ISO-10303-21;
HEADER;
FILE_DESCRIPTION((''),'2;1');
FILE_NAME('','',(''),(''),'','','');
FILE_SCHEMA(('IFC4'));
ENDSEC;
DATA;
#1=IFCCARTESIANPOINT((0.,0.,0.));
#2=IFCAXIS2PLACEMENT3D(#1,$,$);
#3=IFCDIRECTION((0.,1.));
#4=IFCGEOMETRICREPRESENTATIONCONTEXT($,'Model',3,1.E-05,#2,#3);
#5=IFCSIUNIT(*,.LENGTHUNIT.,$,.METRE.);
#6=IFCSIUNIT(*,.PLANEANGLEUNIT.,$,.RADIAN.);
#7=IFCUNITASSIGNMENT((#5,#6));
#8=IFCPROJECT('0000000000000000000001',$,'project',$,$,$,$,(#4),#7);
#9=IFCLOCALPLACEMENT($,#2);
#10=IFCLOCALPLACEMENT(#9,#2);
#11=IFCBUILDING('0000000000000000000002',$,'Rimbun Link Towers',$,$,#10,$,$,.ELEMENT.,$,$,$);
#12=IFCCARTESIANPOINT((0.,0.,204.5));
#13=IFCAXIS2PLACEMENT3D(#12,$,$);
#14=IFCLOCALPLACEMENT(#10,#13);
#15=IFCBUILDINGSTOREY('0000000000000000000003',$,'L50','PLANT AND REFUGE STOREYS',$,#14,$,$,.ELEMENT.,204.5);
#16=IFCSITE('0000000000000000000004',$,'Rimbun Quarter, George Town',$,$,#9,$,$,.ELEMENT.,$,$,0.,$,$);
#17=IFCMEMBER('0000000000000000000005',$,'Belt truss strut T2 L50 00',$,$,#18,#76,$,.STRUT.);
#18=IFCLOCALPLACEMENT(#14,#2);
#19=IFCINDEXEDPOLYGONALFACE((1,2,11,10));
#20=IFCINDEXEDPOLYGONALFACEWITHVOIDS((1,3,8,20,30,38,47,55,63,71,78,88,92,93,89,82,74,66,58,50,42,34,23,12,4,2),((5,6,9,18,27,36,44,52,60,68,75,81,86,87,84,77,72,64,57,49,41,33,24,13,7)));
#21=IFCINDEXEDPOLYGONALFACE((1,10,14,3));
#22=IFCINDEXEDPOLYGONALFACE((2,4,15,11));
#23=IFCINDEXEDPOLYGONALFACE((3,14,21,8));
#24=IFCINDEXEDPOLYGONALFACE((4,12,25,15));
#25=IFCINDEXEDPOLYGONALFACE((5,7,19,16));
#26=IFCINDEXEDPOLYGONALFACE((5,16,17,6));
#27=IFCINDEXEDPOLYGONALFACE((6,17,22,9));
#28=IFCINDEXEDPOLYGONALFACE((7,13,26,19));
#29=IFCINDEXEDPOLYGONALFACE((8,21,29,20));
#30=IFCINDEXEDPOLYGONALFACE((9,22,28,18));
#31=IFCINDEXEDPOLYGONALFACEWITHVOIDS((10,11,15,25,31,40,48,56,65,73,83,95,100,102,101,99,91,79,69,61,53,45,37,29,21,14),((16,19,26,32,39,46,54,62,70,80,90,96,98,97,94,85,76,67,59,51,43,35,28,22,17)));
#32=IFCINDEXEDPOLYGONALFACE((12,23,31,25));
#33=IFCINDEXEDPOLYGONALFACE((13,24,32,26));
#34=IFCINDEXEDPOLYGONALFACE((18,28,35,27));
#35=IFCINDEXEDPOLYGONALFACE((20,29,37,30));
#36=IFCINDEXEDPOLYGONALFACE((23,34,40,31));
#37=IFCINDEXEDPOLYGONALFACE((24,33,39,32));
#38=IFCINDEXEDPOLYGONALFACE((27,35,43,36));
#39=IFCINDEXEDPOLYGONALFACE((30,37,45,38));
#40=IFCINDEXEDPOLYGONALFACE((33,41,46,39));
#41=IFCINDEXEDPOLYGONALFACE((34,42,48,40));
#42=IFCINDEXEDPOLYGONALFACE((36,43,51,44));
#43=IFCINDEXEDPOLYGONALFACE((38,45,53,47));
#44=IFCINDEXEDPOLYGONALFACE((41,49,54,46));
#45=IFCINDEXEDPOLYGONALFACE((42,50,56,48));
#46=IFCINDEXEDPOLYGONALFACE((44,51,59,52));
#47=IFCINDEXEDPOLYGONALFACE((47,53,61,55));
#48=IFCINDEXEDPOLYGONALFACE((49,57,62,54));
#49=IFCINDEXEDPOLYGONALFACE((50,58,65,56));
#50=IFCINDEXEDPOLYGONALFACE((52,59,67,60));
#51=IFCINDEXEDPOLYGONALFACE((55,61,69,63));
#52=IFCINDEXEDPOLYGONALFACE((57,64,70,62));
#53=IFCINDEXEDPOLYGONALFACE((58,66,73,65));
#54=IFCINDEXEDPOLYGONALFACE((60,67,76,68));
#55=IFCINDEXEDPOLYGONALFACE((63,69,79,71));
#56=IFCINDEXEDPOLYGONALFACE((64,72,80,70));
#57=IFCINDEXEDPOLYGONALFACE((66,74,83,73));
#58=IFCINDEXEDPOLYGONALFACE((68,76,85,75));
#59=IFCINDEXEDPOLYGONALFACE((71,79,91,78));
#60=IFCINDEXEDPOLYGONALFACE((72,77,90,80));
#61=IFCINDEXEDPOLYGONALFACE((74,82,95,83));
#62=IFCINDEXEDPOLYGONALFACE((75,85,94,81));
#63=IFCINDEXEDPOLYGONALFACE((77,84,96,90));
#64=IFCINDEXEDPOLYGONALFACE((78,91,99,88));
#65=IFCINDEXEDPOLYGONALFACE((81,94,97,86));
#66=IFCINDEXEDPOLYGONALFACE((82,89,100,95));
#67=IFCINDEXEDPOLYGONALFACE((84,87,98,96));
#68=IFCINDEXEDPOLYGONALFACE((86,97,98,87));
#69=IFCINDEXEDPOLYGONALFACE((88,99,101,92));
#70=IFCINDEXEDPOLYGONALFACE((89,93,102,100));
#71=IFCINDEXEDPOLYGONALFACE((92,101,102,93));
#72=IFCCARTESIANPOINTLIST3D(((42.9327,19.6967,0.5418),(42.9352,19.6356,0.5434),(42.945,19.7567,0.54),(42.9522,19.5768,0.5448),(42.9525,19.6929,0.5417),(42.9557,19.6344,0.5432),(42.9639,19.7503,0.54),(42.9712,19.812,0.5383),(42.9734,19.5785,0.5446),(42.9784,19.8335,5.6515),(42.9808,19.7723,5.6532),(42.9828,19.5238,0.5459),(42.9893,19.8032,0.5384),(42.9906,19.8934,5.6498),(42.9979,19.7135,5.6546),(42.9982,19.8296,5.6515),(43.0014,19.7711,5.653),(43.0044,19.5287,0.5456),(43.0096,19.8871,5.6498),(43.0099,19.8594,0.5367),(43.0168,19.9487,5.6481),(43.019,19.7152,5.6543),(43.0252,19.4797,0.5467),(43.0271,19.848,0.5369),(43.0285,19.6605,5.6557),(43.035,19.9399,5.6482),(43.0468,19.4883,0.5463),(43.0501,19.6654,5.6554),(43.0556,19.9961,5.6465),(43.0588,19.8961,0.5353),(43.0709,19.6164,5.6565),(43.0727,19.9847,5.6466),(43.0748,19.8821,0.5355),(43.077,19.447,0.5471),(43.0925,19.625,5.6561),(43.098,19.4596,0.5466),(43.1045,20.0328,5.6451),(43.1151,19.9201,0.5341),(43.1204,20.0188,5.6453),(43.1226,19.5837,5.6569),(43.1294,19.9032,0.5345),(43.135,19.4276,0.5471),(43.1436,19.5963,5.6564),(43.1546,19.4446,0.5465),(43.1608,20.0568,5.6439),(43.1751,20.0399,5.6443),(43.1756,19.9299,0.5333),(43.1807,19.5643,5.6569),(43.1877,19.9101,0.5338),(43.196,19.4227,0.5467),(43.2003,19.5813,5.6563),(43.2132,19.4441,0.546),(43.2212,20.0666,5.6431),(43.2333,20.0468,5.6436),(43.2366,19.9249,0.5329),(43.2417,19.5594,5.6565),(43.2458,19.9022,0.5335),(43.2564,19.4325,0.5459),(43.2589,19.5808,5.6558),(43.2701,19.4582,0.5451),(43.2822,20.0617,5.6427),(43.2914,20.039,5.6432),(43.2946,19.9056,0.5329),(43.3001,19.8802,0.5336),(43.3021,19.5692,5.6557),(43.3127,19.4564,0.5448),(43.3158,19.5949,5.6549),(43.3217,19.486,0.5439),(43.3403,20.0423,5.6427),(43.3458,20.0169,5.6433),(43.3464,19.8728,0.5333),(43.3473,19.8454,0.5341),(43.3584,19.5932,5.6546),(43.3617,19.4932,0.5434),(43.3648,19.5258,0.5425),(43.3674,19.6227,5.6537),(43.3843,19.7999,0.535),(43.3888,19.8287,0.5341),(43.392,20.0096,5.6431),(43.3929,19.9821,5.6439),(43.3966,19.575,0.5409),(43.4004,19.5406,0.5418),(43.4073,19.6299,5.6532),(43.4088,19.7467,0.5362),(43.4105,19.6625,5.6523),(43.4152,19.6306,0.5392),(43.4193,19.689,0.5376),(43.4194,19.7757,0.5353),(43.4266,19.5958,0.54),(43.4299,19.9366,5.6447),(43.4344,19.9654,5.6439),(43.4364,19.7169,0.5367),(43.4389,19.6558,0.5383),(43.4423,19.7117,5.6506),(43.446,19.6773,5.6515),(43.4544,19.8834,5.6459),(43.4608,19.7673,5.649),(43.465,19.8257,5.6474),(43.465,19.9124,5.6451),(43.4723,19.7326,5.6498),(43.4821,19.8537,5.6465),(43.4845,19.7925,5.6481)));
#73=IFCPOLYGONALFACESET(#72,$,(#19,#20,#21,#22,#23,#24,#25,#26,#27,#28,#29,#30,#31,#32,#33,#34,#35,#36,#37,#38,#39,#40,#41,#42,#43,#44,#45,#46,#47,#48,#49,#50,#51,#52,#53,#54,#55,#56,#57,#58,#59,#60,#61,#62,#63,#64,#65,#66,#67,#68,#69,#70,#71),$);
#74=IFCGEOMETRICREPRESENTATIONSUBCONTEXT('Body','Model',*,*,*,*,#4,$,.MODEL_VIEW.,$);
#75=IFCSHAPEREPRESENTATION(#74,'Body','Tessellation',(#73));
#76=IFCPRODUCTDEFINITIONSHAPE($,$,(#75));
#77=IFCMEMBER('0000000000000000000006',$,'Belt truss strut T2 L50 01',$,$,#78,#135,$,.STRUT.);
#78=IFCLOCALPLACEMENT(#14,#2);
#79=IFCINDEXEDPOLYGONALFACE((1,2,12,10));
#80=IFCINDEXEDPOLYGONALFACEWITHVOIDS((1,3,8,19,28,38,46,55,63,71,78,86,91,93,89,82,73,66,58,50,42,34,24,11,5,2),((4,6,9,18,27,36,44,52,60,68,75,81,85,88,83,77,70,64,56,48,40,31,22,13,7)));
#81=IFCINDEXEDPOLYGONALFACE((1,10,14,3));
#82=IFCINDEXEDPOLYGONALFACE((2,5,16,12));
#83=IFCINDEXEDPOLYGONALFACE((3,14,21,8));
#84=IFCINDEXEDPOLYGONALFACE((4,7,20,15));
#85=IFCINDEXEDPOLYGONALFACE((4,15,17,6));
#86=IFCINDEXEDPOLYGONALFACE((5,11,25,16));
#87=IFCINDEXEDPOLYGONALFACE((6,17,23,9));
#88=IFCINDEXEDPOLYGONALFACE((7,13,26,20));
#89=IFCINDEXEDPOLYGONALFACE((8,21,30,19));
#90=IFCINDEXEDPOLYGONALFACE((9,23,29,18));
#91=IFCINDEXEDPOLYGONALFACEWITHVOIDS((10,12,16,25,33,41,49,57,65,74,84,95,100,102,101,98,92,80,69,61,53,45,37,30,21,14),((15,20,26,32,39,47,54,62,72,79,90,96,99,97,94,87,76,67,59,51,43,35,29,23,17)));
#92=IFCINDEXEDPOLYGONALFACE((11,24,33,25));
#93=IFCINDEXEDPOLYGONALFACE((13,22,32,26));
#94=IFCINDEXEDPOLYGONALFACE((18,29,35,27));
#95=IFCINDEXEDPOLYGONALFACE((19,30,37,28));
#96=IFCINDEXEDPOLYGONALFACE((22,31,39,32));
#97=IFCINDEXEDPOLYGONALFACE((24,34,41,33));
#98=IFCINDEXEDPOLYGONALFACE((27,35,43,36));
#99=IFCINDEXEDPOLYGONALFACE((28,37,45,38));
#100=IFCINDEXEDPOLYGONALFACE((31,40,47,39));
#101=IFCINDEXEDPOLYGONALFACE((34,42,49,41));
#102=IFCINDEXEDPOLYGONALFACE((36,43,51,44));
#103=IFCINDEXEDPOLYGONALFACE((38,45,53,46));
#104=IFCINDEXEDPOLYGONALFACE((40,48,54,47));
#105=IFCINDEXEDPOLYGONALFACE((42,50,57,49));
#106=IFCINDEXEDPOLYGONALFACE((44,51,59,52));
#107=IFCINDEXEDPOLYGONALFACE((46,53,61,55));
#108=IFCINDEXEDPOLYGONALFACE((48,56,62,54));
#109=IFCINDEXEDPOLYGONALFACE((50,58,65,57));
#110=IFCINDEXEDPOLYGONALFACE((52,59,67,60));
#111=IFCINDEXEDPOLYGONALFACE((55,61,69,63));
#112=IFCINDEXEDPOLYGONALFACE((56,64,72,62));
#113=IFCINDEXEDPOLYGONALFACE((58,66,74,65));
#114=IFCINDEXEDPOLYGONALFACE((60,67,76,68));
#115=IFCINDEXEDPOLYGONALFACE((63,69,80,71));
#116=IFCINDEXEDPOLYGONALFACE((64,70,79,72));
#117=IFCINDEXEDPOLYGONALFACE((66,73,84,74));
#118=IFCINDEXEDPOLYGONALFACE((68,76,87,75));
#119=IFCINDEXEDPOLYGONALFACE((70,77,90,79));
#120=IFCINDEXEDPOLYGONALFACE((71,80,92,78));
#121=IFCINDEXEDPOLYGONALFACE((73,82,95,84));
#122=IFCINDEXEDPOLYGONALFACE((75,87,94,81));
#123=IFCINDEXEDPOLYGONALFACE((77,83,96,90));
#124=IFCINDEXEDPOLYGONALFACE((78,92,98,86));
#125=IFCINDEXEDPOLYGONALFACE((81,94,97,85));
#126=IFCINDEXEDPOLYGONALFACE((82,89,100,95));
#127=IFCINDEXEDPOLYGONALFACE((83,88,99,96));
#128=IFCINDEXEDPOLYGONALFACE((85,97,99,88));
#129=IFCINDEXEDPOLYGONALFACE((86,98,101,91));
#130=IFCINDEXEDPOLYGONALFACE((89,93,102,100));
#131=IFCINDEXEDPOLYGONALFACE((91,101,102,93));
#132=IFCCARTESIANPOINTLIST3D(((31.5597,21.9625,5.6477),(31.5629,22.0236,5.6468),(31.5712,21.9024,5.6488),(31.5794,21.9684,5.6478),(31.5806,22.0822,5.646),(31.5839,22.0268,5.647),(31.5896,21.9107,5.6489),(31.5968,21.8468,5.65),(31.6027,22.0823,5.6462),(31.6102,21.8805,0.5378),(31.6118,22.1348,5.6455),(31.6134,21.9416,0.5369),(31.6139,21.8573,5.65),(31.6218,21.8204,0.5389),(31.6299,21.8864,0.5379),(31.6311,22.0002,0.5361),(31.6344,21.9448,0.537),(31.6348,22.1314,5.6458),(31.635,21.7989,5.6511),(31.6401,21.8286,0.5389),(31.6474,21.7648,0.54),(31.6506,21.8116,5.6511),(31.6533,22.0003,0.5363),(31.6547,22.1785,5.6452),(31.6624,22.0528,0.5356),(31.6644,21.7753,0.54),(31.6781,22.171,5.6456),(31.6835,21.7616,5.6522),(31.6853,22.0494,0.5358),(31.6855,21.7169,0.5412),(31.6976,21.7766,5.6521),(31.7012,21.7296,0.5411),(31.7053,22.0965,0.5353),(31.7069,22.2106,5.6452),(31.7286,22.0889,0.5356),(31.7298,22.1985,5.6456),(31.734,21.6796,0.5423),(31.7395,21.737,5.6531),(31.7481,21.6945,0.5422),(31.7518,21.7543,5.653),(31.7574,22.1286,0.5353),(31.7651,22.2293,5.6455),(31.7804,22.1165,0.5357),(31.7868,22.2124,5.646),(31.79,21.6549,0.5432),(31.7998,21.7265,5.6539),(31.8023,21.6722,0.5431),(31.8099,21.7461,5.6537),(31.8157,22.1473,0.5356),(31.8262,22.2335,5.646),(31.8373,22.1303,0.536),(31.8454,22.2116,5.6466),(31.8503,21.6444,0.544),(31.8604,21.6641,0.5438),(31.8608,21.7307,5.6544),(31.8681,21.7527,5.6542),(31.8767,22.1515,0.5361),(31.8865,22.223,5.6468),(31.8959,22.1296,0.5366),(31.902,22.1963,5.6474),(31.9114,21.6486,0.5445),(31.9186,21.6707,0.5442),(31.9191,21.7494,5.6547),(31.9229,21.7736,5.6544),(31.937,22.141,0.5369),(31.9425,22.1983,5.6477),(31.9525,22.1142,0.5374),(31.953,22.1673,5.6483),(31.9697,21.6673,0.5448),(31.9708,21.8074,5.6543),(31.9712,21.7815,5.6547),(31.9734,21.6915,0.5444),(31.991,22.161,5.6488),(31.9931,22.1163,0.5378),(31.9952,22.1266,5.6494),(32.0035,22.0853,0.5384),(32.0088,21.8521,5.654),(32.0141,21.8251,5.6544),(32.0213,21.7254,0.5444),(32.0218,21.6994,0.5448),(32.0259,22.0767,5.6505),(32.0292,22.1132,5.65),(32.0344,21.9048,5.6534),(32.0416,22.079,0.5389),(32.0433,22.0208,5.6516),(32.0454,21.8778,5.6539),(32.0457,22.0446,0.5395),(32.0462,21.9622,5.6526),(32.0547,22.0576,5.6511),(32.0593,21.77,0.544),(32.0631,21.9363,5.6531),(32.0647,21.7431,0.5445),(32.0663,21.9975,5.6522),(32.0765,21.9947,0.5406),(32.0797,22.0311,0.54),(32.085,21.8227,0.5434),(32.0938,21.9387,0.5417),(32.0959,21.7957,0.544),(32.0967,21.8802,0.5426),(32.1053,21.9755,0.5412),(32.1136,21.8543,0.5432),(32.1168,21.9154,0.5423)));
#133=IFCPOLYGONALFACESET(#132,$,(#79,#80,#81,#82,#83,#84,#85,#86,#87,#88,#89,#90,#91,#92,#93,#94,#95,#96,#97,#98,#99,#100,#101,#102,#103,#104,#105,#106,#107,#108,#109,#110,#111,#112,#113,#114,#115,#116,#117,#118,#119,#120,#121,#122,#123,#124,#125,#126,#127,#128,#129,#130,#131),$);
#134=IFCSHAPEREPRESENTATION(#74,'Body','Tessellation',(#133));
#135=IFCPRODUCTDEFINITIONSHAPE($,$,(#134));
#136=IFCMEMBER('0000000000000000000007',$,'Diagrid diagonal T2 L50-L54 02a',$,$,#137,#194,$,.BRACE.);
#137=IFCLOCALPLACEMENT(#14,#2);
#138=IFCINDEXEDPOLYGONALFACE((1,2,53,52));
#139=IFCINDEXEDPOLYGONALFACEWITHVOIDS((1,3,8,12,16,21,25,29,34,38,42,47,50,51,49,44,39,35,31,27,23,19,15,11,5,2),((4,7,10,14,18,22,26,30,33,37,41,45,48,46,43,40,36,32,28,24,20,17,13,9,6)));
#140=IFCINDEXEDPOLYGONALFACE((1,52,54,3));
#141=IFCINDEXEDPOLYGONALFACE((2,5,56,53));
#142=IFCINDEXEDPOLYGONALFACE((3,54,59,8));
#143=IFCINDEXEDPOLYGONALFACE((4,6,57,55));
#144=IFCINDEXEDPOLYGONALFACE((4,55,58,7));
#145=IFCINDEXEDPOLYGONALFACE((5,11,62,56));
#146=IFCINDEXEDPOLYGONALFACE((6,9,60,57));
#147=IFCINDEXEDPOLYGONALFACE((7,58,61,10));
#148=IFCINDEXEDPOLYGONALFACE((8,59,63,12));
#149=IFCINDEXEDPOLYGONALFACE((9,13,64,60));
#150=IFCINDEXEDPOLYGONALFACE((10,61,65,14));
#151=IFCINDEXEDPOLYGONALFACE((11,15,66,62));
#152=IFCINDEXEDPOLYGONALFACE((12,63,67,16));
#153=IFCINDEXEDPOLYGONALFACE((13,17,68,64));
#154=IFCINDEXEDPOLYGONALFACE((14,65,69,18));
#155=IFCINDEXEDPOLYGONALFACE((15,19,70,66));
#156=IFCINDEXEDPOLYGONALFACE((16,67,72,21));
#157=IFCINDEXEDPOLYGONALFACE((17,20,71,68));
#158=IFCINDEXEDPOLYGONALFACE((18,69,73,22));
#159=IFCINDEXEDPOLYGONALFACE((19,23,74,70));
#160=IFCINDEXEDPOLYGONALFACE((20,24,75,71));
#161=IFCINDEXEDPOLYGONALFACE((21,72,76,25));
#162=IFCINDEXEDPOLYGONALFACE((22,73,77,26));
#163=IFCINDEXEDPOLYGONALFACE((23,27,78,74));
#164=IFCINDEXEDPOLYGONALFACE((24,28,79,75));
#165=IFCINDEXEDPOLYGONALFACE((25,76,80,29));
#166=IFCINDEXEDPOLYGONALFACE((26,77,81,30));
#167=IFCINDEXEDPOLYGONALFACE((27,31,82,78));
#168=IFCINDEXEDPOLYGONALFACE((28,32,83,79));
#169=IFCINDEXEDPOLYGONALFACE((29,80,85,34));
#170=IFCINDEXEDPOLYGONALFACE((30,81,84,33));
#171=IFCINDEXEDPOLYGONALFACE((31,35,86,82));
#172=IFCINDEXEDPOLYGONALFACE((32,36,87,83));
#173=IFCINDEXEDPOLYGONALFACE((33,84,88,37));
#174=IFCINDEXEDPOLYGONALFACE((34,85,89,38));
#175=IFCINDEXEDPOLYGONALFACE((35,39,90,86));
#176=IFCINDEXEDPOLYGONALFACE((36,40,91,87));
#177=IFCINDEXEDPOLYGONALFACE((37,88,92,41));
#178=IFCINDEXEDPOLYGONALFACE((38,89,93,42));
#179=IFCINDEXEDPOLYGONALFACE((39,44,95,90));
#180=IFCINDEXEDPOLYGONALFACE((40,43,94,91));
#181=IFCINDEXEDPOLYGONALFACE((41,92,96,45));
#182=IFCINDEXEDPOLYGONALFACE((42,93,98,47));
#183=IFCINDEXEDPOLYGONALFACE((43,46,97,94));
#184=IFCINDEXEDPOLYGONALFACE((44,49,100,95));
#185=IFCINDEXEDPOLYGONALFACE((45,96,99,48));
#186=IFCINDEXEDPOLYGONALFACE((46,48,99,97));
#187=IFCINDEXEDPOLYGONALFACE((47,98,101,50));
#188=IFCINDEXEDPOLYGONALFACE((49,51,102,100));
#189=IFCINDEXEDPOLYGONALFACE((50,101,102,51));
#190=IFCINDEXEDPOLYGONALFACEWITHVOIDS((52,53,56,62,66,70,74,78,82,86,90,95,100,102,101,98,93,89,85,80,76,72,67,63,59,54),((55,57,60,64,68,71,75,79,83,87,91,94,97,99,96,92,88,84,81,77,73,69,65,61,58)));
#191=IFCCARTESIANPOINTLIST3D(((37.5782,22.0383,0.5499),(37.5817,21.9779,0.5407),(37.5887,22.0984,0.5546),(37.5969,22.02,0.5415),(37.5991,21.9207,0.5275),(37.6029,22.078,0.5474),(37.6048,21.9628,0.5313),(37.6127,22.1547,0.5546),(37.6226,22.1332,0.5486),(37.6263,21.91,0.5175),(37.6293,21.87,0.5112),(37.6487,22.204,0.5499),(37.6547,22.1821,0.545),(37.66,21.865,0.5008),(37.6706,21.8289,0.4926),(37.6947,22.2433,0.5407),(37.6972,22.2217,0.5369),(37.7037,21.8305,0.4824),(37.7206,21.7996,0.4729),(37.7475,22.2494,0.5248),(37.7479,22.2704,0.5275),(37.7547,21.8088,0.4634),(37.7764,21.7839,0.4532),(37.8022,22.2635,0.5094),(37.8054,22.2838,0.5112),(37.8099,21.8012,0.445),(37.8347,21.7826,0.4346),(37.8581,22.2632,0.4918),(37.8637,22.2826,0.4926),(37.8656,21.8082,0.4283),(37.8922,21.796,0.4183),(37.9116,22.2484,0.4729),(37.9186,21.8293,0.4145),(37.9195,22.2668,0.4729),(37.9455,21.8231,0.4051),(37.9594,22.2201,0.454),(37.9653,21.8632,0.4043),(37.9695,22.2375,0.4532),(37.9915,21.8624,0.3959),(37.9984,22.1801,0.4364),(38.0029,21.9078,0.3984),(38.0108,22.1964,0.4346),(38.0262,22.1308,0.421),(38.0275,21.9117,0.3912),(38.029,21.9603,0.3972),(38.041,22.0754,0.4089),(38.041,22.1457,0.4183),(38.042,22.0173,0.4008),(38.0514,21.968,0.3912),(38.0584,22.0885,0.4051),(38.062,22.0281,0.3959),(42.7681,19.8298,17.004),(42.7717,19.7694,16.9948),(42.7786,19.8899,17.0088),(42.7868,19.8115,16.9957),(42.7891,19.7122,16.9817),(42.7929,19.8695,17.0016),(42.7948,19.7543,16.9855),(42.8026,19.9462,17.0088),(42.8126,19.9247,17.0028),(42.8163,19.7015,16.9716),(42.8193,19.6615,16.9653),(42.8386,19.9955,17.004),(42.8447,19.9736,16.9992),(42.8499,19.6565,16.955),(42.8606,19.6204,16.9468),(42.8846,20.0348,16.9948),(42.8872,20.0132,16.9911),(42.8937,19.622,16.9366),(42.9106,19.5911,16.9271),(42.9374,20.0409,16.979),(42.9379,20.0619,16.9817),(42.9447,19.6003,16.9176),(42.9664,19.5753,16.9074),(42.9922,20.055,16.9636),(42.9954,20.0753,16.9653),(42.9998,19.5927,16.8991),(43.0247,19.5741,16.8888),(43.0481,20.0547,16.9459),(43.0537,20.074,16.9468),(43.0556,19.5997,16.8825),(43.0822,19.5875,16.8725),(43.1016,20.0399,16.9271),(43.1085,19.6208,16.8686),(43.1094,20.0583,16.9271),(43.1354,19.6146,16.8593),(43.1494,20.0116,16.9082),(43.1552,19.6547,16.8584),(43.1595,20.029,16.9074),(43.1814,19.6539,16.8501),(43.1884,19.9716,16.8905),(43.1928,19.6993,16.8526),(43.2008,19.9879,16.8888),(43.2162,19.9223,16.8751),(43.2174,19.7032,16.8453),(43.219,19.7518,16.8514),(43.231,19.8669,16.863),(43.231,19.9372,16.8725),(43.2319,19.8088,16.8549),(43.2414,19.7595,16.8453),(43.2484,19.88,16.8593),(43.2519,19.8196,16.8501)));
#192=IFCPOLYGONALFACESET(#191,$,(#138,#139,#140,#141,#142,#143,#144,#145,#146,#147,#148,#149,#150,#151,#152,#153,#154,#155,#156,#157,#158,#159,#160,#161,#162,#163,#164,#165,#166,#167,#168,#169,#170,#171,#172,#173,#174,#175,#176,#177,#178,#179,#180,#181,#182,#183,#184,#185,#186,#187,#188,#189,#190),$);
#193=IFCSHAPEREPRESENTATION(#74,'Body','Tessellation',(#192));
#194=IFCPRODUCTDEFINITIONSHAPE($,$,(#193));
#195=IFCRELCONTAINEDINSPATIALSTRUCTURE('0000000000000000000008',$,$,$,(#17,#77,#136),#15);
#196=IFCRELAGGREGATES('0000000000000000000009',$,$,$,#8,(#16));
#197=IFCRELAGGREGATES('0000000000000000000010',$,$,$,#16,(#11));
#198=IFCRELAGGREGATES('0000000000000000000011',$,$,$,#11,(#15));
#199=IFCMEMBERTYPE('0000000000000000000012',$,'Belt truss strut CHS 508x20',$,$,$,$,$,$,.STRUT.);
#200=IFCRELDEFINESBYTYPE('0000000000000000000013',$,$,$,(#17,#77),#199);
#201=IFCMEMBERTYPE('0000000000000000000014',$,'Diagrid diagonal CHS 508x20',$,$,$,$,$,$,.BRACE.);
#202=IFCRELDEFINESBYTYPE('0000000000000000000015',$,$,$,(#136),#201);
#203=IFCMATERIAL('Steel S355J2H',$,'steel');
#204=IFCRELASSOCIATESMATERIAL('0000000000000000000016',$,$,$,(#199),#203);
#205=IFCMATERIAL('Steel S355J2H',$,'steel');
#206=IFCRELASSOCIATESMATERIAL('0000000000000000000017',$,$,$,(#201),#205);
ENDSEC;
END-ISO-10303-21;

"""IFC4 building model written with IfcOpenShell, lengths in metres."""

from ifc_helpers import new_model, si_unit, direction, frame, origin, origin_2d, place, context, subcontext, project, spatial, hollow_circle, extrude, material, material_profile, profile_set, type_object, element, save


model = new_model("IFC4")

# Units and contexts
model_context = context("Model", 3, precision=1e-05, world=origin(), true_north=direction((0.0, 1.0)))
body_context = subcontext(model_context, "Body", "Model", "MODEL_VIEW")
ifc_project = project(units=[si_unit("LENGTHUNIT", "METRE"), si_unit("PLANEANGLEUNIT", "RADIAN")], contexts=[model_context])

# Site, building, storey
site_placement = place(None, origin())
site = spatial("IfcSite", under=ifc_project, at=site_placement, Name="Rimbun Quarter, George Town", CompositionType="ELEMENT", RefElevation=0.0)
building_placement = place(site_placement, origin())
building = spatial("IfcBuilding", under=site, at=building_placement, Name="Rimbun Link Towers", CompositionType="ELEMENT")
storey_placement = place(building_placement, frame((0.0, 0.0, 204.5)))
storey = spatial("IfcBuildingStorey", under=building, at=storey_placement, Name="L50", Description="PLANT AND REFUGE STOREYS", CompositionType="ELEMENT", Elevation=204.5)

# Members
ifc_material_1 = material(Name="Steel S355J2H", Category="steel")
ifc_material_profile_1 = material_profile(ifc_material_1, hollow_circle(Radius=0.2539, WallThickness=0.02, at=origin_2d()), Name="Belt truss strut CHS 508x20")
ifc_profile_set_1 = profile_set([ifc_material_profile_1], Name="Steel S355J2H")
member_type_1 = type_object("IfcMemberType", Name="Belt truss strut CHS 508x20", PredefinedType="STRUT", material=ifc_profile_set_1)
member_1_placement = place(storey_placement, frame((43.1858, 19.6763, 0.54), z_axis=(0.008931, 0.026745, 0.999602), x_axis=(-0.948514, 0.316736, 0.0)))
element("IfcMember", 1, at=member_1_placement, inside=storey, type_object=member_type_1, Name="Belt truss strut T2 L50 00", PredefinedType="STRUT", context=body_context, shape_type="SweptSolid", body=[
    extrude(hollow_circle(Radius=0.2539, WallThickness=0.02, at=origin_2d()), origin(), (0.0, 0.0, 1.0), 5.1118),
])
member_2_placement = place(storey_placement, frame((31.8635, 21.8979, 0.54), z_axis=(-0.009888, 0.016051, 0.999822), x_axis=(-0.851397, -0.524521, 0.0)))
element("IfcMember", 2, at=member_2_placement, inside=storey, type_object=member_type_1, Name="Belt truss strut T2 L50 01", PredefinedType="STRUT", context=body_context, shape_type="SweptSolid", body=[
    extrude(hollow_circle(Radius=0.2539, WallThickness=0.02, at=origin_2d()), origin(), (0.0, 0.0, 1.0), 5.1108),
])
ifc_material_2 = material(Name="Steel S355J2H", Category="steel")
ifc_material_profile_2 = material_profile(ifc_material_2, hollow_circle(Radius=0.2539, WallThickness=0.02, at=origin_2d()), Name="Diagrid diagonal CHS 508x20")
ifc_profile_set_2 = profile_set([ifc_material_profile_2], Name="Steel S355J2H")
member_type_2 = type_object("IfcMemberType", Name="Diagrid diagonal CHS 508x20", PredefinedType="BRACE", material=ifc_profile_set_2)
member_3_placement = place(storey_placement, frame((37.8201, 22.0332, 0.4729), z_axis=(0.298376, -0.126969, 0.945966), x_axis=(0.391557, 0.920154, 0.0)))
element("IfcMember", 3, at=member_3_placement, inside=storey, type_object=member_type_2, Name="Diagrid diagonal T2 L50-L54 02a", PredefinedType="BRACE", context=body_context, shape_type="SweptSolid", body=[
    extrude(hollow_circle(Radius=0.2539, WallThickness=0.02, at=origin_2d()), origin(), (0.0, 0.0, 1.0), 17.394),
])

save(model, "model.ifc")
